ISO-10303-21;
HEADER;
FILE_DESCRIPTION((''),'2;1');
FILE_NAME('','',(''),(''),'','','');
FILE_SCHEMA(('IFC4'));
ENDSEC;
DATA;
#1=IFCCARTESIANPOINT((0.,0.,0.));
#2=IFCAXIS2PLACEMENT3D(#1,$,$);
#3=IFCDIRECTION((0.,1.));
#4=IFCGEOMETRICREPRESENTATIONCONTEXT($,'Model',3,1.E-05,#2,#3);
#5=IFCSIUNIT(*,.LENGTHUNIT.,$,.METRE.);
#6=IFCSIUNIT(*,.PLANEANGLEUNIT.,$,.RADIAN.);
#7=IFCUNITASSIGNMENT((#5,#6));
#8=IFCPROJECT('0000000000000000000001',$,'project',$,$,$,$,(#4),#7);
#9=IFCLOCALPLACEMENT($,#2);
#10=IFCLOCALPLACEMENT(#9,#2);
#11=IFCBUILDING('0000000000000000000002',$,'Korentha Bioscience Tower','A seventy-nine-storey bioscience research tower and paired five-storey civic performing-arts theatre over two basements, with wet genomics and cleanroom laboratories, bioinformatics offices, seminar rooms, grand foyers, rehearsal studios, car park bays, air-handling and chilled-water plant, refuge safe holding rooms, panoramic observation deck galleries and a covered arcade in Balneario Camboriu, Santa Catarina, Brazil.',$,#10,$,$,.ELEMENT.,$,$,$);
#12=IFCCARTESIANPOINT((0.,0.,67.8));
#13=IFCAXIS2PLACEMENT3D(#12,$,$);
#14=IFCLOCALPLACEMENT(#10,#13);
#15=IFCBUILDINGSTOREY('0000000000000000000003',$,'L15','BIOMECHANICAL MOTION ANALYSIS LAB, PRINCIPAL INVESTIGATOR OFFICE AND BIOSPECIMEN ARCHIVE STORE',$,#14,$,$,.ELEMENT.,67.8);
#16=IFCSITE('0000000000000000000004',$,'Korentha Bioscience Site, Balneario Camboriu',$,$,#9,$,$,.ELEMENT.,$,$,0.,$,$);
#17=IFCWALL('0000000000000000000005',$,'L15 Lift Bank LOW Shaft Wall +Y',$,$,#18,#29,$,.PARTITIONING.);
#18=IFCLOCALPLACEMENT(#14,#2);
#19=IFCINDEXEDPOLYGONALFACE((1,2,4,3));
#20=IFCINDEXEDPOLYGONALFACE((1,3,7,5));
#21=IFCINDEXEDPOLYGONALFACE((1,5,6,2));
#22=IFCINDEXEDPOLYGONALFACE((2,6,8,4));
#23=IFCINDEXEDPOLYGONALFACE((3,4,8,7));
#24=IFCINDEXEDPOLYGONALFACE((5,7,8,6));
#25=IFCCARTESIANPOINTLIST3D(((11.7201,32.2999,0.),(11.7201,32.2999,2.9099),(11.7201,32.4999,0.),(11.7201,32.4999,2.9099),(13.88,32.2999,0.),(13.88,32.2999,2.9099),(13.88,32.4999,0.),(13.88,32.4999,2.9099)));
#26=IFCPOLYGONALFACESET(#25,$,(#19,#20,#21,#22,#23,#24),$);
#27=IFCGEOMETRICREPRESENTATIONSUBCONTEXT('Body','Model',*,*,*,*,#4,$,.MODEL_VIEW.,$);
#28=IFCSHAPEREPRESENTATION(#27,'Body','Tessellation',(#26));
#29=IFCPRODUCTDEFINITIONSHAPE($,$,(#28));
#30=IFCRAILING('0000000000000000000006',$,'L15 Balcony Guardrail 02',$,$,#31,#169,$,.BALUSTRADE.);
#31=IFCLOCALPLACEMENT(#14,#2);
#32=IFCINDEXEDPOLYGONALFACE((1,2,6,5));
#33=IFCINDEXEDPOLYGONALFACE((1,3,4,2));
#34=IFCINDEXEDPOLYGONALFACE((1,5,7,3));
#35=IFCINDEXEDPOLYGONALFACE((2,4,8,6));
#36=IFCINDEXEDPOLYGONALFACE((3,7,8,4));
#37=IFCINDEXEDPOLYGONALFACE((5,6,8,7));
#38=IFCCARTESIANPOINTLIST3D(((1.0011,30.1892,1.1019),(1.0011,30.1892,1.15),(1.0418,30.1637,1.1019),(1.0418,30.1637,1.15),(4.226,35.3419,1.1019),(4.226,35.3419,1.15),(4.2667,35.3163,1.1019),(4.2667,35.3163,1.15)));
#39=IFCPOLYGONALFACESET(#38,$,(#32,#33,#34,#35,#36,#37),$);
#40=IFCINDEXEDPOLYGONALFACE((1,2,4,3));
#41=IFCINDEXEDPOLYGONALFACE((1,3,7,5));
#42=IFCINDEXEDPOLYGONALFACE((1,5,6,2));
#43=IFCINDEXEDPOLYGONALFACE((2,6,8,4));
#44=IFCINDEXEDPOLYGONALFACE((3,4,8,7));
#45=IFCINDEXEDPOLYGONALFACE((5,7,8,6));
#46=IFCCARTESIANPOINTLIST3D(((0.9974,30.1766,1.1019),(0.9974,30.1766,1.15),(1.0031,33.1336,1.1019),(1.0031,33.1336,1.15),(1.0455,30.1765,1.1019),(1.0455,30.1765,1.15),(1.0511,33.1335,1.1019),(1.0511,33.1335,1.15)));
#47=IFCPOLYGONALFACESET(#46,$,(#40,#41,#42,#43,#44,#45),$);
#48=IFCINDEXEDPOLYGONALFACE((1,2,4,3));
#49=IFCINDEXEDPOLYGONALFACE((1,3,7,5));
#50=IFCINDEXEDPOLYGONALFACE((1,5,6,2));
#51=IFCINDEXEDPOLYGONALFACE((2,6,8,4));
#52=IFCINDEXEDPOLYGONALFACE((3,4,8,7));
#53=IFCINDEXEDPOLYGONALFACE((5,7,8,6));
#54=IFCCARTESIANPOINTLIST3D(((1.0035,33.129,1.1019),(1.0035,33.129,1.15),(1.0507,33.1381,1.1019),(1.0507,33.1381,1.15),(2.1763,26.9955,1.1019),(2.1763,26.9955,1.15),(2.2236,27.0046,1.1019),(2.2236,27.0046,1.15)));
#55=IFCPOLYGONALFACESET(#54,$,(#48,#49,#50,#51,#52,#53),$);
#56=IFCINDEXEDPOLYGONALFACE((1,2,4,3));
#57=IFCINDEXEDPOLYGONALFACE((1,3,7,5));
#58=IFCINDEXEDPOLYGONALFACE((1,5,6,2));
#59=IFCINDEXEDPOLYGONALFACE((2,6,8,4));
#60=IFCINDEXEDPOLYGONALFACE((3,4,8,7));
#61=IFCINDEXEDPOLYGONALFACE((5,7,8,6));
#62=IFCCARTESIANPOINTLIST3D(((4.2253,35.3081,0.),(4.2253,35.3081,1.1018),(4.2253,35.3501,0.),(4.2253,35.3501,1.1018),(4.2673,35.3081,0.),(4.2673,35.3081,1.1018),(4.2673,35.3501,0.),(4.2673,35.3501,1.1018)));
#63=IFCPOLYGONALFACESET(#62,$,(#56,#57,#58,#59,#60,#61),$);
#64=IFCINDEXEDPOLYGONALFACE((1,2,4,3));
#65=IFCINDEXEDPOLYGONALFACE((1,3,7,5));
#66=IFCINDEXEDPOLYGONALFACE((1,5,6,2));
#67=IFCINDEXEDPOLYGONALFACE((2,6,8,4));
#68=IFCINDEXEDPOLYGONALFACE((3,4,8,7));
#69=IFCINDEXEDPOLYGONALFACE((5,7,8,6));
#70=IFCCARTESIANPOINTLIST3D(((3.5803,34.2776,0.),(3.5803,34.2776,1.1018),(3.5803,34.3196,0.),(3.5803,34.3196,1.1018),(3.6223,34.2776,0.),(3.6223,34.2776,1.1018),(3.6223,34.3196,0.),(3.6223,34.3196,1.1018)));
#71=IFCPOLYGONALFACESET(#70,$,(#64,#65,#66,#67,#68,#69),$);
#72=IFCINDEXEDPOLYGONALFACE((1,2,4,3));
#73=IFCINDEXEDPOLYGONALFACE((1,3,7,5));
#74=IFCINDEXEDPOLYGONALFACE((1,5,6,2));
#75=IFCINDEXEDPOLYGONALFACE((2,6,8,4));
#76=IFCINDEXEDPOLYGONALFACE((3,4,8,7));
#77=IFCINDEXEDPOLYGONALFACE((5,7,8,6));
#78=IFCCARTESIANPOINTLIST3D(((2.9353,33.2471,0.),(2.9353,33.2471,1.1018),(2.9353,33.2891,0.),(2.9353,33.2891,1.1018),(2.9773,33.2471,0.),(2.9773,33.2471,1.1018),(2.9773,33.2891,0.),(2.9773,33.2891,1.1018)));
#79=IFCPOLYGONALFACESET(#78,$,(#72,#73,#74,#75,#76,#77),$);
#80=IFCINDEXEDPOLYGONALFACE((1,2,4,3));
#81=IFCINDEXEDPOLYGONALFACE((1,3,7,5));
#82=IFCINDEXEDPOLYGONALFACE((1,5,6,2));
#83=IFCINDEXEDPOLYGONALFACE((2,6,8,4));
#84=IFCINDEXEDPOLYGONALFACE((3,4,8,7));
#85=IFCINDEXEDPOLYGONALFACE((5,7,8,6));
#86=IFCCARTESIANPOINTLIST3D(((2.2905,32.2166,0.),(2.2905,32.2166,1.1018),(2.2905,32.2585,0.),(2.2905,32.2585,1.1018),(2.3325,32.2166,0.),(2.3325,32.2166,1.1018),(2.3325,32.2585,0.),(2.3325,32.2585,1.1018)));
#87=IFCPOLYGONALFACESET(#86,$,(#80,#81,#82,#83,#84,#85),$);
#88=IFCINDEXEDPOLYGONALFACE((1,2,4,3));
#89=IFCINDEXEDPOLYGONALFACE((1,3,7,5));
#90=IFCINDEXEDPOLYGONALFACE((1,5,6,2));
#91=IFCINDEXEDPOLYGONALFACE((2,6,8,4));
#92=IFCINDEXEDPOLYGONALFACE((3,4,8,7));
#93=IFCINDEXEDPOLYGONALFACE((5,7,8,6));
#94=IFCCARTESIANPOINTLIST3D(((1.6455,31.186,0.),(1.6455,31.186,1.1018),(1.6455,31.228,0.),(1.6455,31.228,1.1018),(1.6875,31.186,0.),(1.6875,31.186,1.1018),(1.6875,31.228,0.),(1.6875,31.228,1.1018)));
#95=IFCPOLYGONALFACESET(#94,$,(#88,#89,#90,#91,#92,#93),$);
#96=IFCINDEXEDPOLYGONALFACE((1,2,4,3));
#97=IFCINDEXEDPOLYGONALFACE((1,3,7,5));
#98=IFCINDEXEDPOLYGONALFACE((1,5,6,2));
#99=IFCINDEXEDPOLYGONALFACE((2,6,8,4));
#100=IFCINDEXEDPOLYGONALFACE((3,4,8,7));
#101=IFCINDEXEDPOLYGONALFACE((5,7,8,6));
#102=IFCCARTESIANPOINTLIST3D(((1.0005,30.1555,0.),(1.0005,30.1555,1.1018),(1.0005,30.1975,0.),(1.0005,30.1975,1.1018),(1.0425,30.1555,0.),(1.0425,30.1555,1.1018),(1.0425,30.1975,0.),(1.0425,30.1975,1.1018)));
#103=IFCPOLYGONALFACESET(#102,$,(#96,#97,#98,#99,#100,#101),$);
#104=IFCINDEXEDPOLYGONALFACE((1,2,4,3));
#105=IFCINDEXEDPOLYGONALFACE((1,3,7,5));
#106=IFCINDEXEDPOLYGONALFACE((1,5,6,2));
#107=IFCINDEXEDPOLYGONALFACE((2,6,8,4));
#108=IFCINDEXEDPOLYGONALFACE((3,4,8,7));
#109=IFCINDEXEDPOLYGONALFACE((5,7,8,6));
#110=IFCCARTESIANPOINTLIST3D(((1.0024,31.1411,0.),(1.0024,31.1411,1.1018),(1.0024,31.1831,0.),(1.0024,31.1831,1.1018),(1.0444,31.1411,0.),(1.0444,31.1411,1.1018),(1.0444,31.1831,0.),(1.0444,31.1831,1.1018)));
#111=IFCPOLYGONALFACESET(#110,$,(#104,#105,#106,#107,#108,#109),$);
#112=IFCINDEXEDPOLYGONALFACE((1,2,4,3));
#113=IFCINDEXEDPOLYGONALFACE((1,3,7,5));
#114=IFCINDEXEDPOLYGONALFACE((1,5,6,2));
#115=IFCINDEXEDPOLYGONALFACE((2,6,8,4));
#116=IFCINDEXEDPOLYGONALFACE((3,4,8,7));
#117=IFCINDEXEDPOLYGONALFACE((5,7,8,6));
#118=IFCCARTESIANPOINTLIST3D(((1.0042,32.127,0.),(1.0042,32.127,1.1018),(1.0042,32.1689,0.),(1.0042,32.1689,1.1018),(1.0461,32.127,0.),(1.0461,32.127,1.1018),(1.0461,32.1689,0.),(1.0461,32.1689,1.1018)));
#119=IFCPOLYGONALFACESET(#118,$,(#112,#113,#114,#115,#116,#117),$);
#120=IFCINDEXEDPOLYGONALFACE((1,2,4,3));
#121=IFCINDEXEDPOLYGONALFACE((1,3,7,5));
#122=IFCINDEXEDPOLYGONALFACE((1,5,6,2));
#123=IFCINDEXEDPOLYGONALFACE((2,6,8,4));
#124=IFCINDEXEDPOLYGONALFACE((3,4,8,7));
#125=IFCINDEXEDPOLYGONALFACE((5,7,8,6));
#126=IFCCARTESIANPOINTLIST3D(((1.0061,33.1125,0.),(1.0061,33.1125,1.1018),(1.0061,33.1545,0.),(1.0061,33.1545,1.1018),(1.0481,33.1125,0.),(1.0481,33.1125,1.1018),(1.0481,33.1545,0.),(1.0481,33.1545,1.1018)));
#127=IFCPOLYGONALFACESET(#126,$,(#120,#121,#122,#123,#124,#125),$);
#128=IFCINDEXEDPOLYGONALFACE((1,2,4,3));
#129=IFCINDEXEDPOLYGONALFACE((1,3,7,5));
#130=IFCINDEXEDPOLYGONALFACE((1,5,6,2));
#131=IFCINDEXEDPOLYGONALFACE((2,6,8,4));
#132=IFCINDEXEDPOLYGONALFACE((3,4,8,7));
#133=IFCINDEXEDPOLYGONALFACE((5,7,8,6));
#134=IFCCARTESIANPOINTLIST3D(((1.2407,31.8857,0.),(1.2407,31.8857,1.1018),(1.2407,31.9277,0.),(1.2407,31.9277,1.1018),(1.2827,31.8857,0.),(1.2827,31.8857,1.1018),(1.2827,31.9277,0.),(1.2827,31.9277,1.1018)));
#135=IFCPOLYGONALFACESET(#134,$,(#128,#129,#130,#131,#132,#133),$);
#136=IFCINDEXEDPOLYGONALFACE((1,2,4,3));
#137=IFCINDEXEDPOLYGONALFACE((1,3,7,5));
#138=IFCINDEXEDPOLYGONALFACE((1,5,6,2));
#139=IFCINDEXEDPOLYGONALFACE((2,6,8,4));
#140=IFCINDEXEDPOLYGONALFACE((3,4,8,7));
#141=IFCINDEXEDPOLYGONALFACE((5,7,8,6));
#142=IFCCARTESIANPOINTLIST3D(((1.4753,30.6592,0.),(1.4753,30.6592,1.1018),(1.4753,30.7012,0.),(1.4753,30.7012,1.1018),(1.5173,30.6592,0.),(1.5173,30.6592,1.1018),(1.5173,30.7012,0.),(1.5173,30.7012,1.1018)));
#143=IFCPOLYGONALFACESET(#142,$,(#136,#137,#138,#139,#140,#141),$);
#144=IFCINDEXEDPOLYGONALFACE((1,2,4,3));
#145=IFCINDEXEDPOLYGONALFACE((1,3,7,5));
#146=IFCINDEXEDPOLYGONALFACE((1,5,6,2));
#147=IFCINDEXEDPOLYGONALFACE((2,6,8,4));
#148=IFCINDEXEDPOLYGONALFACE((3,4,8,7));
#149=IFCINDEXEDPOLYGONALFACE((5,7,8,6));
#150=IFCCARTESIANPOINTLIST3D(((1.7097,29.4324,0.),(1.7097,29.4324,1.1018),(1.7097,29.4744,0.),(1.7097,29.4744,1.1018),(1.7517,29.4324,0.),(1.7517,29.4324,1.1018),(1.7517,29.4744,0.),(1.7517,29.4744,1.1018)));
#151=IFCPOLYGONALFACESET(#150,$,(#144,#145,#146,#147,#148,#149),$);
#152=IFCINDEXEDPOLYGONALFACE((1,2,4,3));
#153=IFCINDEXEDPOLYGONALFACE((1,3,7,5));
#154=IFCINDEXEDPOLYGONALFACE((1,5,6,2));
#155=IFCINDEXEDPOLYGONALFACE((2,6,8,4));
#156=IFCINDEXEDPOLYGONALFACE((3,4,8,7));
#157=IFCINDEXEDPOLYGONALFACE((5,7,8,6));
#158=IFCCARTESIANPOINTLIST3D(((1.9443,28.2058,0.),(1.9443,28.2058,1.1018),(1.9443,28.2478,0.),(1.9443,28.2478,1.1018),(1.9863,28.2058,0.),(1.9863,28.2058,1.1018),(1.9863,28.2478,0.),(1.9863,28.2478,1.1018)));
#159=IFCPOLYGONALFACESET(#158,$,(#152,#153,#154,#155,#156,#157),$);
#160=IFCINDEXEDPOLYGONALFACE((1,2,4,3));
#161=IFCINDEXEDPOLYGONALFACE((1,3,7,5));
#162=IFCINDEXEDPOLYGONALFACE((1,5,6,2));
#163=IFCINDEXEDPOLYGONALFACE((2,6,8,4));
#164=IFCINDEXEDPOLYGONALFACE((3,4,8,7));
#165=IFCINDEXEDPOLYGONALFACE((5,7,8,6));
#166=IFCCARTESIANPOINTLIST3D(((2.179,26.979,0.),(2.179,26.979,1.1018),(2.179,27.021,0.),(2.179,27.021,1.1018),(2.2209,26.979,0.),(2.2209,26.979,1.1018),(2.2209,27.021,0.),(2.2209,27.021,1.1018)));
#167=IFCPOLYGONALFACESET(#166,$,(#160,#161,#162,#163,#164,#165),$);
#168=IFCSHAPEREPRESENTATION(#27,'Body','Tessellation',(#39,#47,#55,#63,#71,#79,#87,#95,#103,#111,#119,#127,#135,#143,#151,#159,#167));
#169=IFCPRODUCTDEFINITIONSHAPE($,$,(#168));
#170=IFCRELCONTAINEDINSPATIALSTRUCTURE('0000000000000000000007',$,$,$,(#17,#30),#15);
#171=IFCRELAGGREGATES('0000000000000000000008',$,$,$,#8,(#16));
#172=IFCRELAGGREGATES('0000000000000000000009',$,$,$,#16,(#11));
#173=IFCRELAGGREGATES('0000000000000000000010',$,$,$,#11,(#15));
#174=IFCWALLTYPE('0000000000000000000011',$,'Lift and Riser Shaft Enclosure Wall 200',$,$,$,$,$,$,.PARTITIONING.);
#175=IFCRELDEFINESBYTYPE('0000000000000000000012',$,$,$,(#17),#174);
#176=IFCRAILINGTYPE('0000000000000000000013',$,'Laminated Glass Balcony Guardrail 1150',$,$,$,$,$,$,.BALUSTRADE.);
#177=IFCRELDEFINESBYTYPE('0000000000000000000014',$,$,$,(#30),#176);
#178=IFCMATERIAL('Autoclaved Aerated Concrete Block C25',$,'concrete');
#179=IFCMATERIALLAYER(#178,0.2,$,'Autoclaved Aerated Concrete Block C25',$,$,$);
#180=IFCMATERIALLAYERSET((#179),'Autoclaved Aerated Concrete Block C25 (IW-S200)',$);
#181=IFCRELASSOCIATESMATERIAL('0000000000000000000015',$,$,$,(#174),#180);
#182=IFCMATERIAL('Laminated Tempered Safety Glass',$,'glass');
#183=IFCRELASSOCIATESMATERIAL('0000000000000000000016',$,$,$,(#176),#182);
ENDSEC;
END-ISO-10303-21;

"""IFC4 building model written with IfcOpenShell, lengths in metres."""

from ifc_helpers import new_model, si_unit, direction, frame, frame_2d, origin, origin_2d, place, context, subcontext, project, spatial, rectangle, extrude, material, layer, layer_set, type_object, element, save


model = new_model("IFC4")

# Units and contexts
model_context = context("Model", 3, precision=1e-05, world=origin(), true_north=direction((0.0, 1.0)))
body_context = subcontext(model_context, "Body", "Model", "MODEL_VIEW")
ifc_project = project(units=[si_unit("LENGTHUNIT", "METRE"), si_unit("PLANEANGLEUNIT", "RADIAN")], contexts=[model_context])

# Site, building, storey
site_placement = place(None, origin())
site = spatial("IfcSite", under=ifc_project, at=site_placement, Name="Korentha Bioscience Site, Balneario Camboriu", CompositionType="ELEMENT", RefElevation=0.0)
building_placement = place(site_placement, origin())
building = spatial("IfcBuilding", under=site, at=building_placement, Name="Korentha Bioscience Tower", Description="A seventy-nine-storey bioscience research tower and paired five-storey civic performing-arts theatre over two basements, with wet genomics and cleanroom laboratories, bioinformatics offices, seminar rooms, grand foyers, rehearsal studios, car park bays, air-handling and chilled-water plant, refuge safe holding rooms, panoramic observation deck galleries and a covered arcade in Balneario Camboriu, Santa Catarina, Brazil.", CompositionType="ELEMENT")
storey_placement = place(building_placement, frame((0.0, 0.0, 67.8)))
storey = spatial("IfcBuildingStorey", under=building, at=storey_placement, Name="L15", Description="BIOMECHANICAL MOTION ANALYSIS LAB, PRINCIPAL INVESTIGATOR OFFICE AND BIOSPECIMEN ARCHIVE STORE", CompositionType="ELEMENT", Elevation=67.8)

# Wall
ifc_material_1 = material(Name="Autoclaved Aerated Concrete Block C25", Category="concrete")
ifc_layer_1 = layer(ifc_material_1, 0.2, Name="Autoclaved Aerated Concrete Block C25")
ifc_layer_set_1 = layer_set([ifc_layer_1], Name="Autoclaved Aerated Concrete Block C25 (IW-S200)")
wall_type_1 = type_object("IfcWallType", Name="Lift and Riser Shaft Enclosure Wall 200", PredefinedType="PARTITIONING", material=ifc_layer_set_1)
wall_1_placement = place(storey_placement, frame((11.72, 32.3999, 0.0), z_axis=(0.0, 0.0, 1.0), x_axis=(1.0, 0.0, 0.0)))
element("IfcWall", 1, at=wall_1_placement, inside=storey, type_object=wall_type_1, Name="L15 Lift Bank LOW Shaft Wall +Y", PredefinedType="PARTITIONING", context=body_context, shape_type="SweptSolid", body=[
    extrude(rectangle(XDim=2.1599, YDim=0.2, at=frame_2d((1.0801, 0.0))), origin(), (0.0, 0.0, 1.0), 2.9099),
])

# Railing
ifc_material_2 = material(Name="Laminated Tempered Safety Glass", Category="glass")
railing_type = type_object("IfcRailingType", Name="Laminated Glass Balcony Guardrail 1150", PredefinedType="BALUSTRADE", material=ifc_material_2)
railing_placement = place(storey_placement, frame((4.2463, 35.3291, 0.0)))
element("IfcRailing", 2, at=railing_placement, inside=storey, type_object=railing_type, Name="L15 Balcony Guardrail 02", PredefinedType="BALUSTRADE", context=body_context, shape_type="SweptSolid", body=[
    extrude(rectangle(XDim=0.0481, YDim=0.0481, at=origin_2d()), frame((0.0, 0.0, 1.126), z_axis=(-0.53053, -0.847666, 0.0), x_axis=(0.847666, -0.53053, 0.0)), (0.0, 0.0, 1.0), 6.0786),
    extrude(rectangle(XDim=0.0481, YDim=0.0481, at=origin_2d()), frame((-3.2249, -5.1526, 1.126), z_axis=(0.001899, 0.999998, 0.0), x_axis=(-0.999998, 0.001899, 0.0)), (0.0, 0.0, 1.0), 2.957),
    extrude(rectangle(XDim=0.0481, YDim=0.0481, at=origin_2d()), frame((-3.2192, -2.1956, 1.126), z_axis=(0.187816, -0.982204, 0.0), x_axis=(0.982204, 0.187816, 0.0)), (0.0, 0.0, 1.0), 6.2446),
    extrude(rectangle(XDim=0.042, YDim=0.042, at=origin_2d()), origin(), (0.0, 0.0, 1.0), 1.1018),
    extrude(rectangle(XDim=0.042, YDim=0.042, at=origin_2d()), frame((-0.645, -1.0305, 0.0)), (0.0, 0.0, 1.0), 1.1018),
    extrude(rectangle(XDim=0.042, YDim=0.042, at=origin_2d()), frame((-1.29, -2.061, 0.0)), (0.0, 0.0, 1.0), 1.1018),
    extrude(rectangle(XDim=0.042, YDim=0.042, at=origin_2d()), frame((-1.9348, -3.0916, 0.0)), (0.0, 0.0, 1.0), 1.1018),
    extrude(rectangle(XDim=0.042, YDim=0.042, at=origin_2d()), frame((-2.5798, -4.1221, 0.0)), (0.0, 0.0, 1.0), 1.1018),
    extrude(rectangle(XDim=0.042, YDim=0.042, at=origin_2d()), frame((-3.2249, -5.1526, 0.0)), (0.0, 0.0, 1.0), 1.1018),
    extrude(rectangle(XDim=0.042, YDim=0.042, at=origin_2d()), frame((-3.2229, -4.167, 0.0)), (0.0, 0.0, 1.0), 1.1018),
    extrude(rectangle(XDim=0.042, YDim=0.042, at=origin_2d()), frame((-3.2212, -3.1812, 0.0)), (0.0, 0.0, 1.0), 1.1018),
    extrude(rectangle(XDim=0.042, YDim=0.042, at=origin_2d()), frame((-3.2192, -2.1956, 0.0)), (0.0, 0.0, 1.0), 1.1018),
    extrude(rectangle(XDim=0.042, YDim=0.042, at=origin_2d()), frame((-2.9846, -3.4224, 0.0)), (0.0, 0.0, 1.0), 1.1018),
    extrude(rectangle(XDim=0.042, YDim=0.042, at=origin_2d()), frame((-2.75, -4.6489, 0.0)), (0.0, 0.0, 1.0), 1.1018),
    extrude(rectangle(XDim=0.042, YDim=0.042, at=origin_2d()), frame((-2.5156, -5.8757, 0.0)), (0.0, 0.0, 1.0), 1.1018),
    extrude(rectangle(XDim=0.042, YDim=0.042, at=origin_2d()), frame((-2.281, -7.1023, 0.0)), (0.0, 0.0, 1.0), 1.1018),
    extrude(rectangle(XDim=0.042, YDim=0.042, at=origin_2d()), frame((-2.0464, -8.3291, 0.0)), (0.0, 0.0, 1.0), 1.1018),
])

save(model, "model.ifc")
